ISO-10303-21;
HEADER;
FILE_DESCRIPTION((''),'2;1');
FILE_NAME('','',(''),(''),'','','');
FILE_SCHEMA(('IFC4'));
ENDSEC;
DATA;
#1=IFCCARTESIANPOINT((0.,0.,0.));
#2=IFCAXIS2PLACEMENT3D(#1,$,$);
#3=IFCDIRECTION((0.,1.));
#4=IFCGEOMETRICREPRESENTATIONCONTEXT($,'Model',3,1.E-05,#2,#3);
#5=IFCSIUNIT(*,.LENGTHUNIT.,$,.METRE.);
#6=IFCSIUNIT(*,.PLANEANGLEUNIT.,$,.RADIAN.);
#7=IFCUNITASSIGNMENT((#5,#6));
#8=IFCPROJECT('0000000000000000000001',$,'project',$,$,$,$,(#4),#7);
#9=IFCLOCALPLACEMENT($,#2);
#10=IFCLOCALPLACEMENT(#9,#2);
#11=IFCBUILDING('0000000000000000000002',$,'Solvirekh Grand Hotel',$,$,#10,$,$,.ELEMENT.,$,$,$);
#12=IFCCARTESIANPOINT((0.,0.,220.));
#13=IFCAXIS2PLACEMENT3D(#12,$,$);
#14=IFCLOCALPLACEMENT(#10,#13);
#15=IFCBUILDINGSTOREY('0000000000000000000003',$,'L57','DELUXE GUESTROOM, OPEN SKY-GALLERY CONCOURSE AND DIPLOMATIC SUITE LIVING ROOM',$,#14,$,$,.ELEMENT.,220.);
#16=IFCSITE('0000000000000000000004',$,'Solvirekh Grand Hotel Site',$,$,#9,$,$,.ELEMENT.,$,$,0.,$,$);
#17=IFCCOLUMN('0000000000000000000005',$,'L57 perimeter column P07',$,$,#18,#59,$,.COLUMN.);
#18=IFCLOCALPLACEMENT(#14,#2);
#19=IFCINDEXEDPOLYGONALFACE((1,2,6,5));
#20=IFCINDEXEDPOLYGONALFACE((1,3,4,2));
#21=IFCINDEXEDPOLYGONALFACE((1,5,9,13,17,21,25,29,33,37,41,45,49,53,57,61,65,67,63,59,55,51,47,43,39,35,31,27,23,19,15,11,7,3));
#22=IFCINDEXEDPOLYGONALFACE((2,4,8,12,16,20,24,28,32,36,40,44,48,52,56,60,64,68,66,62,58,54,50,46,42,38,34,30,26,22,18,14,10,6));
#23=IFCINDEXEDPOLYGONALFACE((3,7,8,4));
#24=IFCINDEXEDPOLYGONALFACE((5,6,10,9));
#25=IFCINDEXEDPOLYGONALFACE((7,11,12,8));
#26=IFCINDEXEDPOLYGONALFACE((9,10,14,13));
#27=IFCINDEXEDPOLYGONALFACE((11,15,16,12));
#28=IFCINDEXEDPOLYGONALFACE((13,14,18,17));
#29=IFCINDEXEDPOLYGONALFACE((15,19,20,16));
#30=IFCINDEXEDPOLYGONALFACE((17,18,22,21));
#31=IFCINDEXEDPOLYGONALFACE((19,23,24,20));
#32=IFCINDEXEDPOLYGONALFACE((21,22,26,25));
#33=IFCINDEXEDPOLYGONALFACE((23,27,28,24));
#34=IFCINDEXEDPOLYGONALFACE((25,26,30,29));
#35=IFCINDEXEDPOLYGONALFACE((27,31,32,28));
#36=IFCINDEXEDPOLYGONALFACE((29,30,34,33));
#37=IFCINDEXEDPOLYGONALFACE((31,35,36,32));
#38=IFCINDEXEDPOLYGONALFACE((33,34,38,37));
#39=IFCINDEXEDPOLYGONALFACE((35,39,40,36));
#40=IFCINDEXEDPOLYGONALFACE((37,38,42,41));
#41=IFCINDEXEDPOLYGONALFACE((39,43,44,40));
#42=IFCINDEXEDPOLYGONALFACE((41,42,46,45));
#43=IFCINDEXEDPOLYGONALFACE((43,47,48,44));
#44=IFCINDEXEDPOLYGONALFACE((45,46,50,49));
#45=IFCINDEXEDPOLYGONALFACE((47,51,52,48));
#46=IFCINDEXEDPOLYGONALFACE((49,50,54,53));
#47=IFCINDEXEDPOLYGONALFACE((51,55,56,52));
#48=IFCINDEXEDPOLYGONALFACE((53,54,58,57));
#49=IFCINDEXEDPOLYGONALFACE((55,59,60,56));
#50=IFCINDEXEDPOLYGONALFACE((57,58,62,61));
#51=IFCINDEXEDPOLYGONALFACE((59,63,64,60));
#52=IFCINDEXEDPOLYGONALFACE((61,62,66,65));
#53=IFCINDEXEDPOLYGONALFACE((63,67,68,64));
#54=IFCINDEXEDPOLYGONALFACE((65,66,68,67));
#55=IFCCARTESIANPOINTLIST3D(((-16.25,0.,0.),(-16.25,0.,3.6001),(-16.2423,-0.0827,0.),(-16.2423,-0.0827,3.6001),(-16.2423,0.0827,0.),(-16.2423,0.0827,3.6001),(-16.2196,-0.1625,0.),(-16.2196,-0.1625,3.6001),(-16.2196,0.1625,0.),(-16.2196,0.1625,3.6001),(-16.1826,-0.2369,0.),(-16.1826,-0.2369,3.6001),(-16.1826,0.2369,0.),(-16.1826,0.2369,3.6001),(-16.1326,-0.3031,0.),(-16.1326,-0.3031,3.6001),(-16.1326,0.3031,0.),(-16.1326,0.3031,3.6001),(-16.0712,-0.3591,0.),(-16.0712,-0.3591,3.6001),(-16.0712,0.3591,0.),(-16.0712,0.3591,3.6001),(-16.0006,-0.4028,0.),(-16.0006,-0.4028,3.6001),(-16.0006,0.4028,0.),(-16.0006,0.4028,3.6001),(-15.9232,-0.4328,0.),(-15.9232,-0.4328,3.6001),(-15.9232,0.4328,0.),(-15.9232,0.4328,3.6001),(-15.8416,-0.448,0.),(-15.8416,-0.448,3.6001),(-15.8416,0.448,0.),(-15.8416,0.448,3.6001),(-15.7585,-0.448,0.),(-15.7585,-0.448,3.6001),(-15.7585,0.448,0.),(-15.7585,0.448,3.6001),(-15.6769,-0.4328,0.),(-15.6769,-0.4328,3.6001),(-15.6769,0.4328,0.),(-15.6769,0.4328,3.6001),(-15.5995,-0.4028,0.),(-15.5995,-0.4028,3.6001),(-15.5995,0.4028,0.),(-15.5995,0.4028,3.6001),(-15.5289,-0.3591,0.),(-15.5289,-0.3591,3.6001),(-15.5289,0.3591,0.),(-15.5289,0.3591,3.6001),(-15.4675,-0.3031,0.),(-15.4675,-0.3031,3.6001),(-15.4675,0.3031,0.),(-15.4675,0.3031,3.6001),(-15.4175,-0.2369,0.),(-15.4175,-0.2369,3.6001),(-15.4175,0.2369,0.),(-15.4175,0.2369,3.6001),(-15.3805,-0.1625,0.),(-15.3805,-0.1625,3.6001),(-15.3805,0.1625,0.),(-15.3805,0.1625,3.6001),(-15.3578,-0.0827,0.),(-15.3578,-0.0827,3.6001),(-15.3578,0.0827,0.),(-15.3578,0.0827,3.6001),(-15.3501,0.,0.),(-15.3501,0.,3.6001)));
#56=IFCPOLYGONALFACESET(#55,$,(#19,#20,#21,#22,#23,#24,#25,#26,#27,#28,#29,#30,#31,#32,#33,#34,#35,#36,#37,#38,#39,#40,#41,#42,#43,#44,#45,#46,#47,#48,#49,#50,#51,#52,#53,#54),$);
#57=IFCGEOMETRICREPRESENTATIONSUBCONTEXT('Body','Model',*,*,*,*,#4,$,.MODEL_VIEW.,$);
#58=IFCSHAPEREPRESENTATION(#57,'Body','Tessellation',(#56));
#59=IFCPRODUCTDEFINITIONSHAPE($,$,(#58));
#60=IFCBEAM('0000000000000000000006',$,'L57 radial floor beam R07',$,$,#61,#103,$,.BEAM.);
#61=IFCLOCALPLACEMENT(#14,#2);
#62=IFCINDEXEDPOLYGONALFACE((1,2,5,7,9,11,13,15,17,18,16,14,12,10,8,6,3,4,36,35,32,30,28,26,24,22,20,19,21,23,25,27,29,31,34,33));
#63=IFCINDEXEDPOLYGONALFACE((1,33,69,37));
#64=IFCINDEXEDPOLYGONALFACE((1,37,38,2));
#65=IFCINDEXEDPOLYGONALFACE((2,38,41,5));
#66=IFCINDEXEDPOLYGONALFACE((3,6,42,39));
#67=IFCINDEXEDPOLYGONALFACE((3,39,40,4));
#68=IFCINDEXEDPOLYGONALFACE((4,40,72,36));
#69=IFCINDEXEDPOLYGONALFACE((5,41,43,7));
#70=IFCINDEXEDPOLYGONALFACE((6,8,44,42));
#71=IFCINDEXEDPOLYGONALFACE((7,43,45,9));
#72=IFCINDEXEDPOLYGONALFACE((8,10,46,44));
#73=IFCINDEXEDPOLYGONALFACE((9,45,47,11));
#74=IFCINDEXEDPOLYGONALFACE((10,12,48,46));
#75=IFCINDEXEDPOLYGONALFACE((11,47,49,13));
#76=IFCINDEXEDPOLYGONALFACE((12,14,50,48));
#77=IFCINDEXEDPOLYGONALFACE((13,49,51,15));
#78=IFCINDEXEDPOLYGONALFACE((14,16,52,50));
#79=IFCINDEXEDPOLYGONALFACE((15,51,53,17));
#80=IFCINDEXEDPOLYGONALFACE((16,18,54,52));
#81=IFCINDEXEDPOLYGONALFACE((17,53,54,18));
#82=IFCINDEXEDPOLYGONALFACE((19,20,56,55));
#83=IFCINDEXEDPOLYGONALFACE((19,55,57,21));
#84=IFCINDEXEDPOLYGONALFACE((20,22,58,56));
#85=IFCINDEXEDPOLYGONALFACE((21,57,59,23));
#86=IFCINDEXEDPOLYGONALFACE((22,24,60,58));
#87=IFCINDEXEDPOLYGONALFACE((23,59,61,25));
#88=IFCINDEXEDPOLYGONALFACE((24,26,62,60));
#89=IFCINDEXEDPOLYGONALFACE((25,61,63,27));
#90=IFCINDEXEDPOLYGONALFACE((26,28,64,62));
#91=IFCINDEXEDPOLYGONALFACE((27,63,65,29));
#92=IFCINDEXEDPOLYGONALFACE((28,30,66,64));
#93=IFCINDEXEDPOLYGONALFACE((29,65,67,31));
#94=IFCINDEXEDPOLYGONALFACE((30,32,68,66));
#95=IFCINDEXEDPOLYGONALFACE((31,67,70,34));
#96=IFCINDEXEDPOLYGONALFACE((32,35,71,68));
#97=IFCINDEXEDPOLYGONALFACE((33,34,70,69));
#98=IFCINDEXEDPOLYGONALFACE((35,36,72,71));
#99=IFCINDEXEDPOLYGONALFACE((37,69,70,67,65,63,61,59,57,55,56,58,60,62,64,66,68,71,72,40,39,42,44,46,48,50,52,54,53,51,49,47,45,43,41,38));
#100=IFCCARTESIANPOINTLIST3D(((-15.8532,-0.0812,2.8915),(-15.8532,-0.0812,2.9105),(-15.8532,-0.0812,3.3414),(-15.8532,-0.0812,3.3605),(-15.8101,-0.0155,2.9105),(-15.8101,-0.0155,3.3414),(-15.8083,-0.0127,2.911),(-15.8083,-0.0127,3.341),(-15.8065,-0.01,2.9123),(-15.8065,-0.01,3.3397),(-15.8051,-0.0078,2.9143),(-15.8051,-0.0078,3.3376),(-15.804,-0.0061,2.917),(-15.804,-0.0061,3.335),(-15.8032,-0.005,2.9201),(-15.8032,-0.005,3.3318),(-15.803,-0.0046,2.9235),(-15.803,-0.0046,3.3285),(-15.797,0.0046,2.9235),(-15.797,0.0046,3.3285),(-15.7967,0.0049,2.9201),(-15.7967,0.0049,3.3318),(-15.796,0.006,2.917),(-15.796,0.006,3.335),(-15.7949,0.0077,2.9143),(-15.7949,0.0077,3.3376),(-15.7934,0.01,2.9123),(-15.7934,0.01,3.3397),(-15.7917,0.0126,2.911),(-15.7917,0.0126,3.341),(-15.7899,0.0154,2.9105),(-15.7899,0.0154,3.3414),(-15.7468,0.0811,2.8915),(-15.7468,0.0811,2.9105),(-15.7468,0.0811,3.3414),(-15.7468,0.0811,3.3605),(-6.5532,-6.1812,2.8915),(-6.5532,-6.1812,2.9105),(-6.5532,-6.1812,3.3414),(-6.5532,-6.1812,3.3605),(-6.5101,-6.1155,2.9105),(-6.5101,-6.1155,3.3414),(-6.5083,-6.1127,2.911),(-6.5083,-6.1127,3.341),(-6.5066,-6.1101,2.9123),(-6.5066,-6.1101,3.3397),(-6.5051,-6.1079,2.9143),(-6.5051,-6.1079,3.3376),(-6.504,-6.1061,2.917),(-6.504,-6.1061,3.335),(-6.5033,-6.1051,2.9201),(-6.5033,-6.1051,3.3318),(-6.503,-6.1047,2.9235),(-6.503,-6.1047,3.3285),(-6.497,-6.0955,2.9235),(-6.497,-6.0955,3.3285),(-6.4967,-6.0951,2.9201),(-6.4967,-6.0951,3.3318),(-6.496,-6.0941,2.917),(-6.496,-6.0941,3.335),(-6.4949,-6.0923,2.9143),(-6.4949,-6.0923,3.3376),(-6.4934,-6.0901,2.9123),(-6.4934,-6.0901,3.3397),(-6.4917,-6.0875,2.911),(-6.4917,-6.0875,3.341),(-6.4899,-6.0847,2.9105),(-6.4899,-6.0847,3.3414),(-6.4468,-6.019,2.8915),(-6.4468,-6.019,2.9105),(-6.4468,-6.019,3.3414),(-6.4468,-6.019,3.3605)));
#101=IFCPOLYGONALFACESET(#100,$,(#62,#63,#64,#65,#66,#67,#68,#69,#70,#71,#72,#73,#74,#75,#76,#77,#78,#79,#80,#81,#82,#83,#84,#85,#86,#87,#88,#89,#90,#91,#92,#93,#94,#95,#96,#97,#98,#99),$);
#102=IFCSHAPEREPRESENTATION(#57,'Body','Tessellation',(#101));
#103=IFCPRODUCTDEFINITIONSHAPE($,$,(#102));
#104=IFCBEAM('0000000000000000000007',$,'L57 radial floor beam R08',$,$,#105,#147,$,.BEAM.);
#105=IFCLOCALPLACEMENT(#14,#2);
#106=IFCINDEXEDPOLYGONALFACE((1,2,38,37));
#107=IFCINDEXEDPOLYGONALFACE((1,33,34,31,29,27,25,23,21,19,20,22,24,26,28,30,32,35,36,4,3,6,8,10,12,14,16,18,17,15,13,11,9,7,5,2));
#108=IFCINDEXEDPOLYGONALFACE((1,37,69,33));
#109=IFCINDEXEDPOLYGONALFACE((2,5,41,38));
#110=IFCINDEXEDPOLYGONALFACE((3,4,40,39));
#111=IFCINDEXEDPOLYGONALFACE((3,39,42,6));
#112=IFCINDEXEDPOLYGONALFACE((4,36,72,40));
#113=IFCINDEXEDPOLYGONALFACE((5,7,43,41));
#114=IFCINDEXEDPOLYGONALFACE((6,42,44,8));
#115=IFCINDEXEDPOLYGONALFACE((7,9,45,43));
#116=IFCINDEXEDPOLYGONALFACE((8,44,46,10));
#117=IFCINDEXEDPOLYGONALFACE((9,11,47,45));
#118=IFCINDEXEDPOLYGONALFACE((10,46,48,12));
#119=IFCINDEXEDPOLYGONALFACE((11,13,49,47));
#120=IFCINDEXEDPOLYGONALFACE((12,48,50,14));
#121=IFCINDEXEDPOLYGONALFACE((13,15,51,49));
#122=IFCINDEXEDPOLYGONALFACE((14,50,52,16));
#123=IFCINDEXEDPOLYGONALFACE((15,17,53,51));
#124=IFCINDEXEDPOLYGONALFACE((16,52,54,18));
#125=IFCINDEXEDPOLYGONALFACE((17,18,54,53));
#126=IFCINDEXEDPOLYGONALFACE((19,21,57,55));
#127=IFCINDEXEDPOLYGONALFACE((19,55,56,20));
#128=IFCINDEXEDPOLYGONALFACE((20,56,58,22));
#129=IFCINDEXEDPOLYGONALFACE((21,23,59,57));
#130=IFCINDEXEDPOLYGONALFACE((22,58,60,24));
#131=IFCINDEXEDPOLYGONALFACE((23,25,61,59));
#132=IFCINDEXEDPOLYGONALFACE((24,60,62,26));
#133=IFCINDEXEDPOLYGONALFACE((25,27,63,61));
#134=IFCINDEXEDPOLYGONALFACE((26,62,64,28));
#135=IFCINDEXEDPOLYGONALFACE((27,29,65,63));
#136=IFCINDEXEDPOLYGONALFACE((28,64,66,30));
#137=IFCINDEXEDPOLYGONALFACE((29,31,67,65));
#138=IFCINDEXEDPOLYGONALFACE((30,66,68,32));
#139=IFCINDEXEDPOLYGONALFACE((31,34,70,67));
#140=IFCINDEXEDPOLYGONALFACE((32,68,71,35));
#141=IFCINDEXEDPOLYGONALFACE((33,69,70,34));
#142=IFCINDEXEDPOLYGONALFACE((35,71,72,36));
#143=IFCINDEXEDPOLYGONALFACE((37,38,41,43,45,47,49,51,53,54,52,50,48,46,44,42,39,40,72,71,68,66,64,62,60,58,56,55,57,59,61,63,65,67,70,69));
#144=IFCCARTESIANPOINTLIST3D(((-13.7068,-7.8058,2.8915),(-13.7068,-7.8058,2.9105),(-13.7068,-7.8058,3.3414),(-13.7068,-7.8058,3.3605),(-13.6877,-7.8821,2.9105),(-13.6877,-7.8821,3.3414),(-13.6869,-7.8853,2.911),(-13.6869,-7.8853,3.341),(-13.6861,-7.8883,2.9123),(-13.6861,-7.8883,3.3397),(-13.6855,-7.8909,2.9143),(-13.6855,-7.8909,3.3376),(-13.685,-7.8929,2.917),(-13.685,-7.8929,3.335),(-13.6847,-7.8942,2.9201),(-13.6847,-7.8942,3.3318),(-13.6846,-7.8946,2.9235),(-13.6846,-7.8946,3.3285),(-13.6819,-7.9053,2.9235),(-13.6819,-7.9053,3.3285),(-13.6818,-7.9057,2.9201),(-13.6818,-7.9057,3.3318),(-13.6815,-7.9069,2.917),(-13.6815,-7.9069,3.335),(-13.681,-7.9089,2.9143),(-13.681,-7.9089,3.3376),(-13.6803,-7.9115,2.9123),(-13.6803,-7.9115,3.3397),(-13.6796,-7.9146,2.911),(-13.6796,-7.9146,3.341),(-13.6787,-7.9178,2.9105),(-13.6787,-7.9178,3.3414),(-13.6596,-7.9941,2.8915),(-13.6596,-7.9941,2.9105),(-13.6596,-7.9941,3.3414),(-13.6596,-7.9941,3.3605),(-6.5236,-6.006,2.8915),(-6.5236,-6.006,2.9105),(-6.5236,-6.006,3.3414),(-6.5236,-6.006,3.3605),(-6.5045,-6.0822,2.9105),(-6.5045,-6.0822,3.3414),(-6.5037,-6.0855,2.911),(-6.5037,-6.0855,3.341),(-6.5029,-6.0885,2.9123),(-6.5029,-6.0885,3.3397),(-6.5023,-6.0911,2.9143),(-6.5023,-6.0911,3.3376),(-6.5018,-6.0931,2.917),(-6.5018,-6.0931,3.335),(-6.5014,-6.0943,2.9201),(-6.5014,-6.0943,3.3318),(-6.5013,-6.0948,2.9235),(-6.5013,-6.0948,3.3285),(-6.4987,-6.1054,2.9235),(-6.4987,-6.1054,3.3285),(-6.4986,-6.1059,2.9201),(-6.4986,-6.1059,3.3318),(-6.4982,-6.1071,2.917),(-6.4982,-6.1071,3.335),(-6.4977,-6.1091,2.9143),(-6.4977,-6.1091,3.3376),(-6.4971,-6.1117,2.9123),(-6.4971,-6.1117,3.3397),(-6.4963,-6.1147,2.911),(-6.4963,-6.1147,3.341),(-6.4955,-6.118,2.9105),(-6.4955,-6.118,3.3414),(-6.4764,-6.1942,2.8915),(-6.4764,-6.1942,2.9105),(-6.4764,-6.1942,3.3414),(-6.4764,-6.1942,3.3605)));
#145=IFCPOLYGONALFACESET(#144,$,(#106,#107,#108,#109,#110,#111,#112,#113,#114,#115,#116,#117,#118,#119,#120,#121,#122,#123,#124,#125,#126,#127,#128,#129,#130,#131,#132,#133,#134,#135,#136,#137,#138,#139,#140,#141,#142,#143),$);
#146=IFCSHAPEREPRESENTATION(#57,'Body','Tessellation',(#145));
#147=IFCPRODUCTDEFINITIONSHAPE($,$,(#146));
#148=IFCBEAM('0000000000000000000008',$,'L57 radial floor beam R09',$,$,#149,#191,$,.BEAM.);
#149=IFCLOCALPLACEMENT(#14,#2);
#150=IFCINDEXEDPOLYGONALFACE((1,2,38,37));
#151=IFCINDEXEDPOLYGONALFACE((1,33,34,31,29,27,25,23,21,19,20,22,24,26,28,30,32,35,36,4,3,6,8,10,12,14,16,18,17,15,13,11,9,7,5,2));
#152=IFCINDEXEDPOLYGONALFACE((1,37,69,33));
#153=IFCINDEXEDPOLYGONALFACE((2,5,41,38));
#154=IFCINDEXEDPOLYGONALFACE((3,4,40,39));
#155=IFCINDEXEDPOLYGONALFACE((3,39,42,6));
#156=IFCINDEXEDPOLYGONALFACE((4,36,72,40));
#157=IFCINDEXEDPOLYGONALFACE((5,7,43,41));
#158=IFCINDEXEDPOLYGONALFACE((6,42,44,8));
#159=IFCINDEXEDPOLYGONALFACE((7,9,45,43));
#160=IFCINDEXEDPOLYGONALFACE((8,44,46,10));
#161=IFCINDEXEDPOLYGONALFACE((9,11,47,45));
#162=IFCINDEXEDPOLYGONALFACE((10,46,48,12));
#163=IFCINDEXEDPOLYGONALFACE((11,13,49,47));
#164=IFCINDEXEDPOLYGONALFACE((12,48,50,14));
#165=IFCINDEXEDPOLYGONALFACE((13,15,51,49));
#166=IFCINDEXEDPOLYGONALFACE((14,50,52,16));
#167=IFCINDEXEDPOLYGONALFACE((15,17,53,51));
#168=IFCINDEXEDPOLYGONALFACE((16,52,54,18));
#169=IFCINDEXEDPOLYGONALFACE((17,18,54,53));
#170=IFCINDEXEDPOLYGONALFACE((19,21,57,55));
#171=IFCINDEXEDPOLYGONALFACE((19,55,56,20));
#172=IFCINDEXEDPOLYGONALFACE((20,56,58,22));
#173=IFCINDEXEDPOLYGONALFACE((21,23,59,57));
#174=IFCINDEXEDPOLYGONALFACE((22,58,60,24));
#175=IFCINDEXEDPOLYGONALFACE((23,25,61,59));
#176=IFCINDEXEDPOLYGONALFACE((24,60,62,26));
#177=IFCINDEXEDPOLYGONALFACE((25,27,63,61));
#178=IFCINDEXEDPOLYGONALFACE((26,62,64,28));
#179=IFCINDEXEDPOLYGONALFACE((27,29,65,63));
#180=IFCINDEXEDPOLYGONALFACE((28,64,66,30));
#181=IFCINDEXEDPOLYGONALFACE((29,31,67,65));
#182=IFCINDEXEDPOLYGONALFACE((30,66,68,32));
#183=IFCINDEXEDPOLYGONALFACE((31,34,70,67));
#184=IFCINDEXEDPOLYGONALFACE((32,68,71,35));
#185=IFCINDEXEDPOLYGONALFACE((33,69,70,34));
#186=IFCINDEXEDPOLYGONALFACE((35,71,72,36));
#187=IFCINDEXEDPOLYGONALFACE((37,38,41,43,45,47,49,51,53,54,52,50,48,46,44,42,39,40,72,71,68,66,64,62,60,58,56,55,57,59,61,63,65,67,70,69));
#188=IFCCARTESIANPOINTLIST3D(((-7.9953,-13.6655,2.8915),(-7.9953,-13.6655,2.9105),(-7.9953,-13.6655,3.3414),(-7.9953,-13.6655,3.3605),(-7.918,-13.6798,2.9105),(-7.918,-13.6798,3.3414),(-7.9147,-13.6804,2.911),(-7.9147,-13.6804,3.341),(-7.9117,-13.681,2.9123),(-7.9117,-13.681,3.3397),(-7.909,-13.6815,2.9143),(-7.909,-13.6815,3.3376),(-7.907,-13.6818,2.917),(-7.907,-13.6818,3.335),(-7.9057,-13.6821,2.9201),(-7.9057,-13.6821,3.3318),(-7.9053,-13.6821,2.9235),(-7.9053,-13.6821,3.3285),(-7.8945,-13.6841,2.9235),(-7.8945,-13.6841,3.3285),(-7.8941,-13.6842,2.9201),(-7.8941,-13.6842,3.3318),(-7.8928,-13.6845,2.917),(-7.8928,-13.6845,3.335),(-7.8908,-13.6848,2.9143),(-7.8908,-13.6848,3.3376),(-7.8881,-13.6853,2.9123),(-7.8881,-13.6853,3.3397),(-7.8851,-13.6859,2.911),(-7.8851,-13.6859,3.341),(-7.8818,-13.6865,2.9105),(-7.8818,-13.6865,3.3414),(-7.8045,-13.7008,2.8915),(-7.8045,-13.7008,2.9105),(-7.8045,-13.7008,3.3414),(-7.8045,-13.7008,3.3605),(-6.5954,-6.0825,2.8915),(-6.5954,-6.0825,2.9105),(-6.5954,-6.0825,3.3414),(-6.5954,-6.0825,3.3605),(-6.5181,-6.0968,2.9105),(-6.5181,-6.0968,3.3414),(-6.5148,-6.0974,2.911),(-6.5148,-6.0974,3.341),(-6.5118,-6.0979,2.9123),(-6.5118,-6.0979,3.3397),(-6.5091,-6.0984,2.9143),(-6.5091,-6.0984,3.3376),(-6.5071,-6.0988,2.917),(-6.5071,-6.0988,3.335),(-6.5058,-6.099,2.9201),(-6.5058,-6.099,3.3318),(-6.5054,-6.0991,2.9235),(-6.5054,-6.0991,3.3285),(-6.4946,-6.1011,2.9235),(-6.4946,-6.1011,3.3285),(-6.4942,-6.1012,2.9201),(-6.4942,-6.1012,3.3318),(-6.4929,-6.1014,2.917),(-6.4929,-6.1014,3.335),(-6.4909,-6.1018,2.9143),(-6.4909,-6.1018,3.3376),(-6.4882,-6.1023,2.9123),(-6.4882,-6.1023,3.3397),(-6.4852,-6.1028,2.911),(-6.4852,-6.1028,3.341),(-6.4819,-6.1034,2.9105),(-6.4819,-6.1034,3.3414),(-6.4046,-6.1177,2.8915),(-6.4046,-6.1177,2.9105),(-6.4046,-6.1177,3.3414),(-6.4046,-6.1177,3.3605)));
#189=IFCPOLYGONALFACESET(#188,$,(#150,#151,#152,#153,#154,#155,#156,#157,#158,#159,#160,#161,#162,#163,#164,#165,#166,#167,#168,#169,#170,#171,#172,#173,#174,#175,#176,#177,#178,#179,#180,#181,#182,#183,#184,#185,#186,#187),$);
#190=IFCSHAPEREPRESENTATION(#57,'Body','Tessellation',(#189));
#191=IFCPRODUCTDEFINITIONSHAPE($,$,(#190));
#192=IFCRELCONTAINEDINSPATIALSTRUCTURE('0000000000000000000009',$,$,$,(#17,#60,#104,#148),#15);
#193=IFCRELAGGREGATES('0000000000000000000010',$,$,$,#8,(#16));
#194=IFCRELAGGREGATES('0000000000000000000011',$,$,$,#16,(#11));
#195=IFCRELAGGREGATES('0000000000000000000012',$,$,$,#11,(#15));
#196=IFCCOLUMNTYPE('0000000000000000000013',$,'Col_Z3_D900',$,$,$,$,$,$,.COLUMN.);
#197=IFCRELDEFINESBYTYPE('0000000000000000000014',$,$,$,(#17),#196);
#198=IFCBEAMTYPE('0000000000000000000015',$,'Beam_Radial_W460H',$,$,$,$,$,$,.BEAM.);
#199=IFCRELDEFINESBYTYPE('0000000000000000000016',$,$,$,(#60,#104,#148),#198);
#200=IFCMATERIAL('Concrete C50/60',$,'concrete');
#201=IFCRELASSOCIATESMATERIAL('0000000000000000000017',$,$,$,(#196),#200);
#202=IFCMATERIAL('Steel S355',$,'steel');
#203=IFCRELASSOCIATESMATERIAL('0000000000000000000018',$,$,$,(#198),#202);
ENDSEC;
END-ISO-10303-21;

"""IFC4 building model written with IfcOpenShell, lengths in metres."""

from ifc_helpers import new_model, si_unit, direction, frame, origin, origin_2d, place, context, subcontext, project, spatial, circle, i_section, extrude, material, material_profile, profile_set, type_object, element, save


model = new_model("IFC4")

# Units and contexts
model_context = context("Model", 3, precision=1e-05, world=origin(), true_north=direction((0.0, 1.0)))
body_context = subcontext(model_context, "Body", "Model", "MODEL_VIEW")
ifc_project = project(units=[si_unit("LENGTHUNIT", "METRE"), si_unit("PLANEANGLEUNIT", "RADIAN")], contexts=[model_context])

# Site, building, storey
site_placement = place(None, origin())
site = spatial("IfcSite", under=ifc_project, at=site_placement, Name="Solvirekh Grand Hotel Site", CompositionType="ELEMENT", RefElevation=0.0)
building_placement = place(site_placement, origin())
building = spatial("IfcBuilding", under=site, at=building_placement, Name="Solvirekh Grand Hotel", CompositionType="ELEMENT")
storey_placement = place(building_placement, frame((0.0, 0.0, 220.0)))
storey = spatial("IfcBuildingStorey", under=building, at=storey_placement, Name="L57", Description="DELUXE GUESTROOM, OPEN SKY-GALLERY CONCOURSE AND DIPLOMATIC SUITE LIVING ROOM", CompositionType="ELEMENT", Elevation=220.0)

# Column
ifc_material_1 = material(Name="Concrete C50/60", Category="concrete")
ifc_material_profile_1 = material_profile(ifc_material_1, circle(Radius=0.45, at=origin_2d()), Name="RC CIRC D900")
ifc_profile_set_1 = profile_set([ifc_material_profile_1], Name="Concrete C50/60")
column_type = type_object("IfcColumnType", Name="Col_Z3_D900", PredefinedType="COLUMN", material=ifc_profile_set_1)
column_placement = place(storey_placement, frame((-15.8, 0.0, 0.0), z_axis=(0.0, 0.0, 1.0), x_axis=(1.0, 0.0, 0.0)))
element("IfcColumn", 1, at=column_placement, inside=storey, type_object=column_type, Name="L57 perimeter column P07", PredefinedType="COLUMN", context=body_context, shape_type="SweptSolid", body=[
    extrude(circle(Radius=0.45, at=origin_2d()), origin(), (0.0, 0.0, 1.0), 3.6001),
])

# Beams
ifc_material_2 = material(Name="Steel S355", Category="steel")
ifc_material_profile_2 = material_profile(ifc_material_2, i_section(OverallWidth=0.1941, OverallDepth=0.469, WebThickness=0.011, FlangeThickness=0.019, FilletRadius=0.0129, at=origin_2d()), Name="W460X106")
ifc_profile_set_2 = profile_set([ifc_material_profile_2], Name="Steel S355")
beam_type_1 = type_object("IfcBeamType", Name="Beam_Radial_W460H", PredefinedType="BEAM", material=ifc_profile_set_2)
beam_1_placement = place(storey_placement, frame((-6.5, -6.1001, 3.126), z_axis=(-0.836174, 0.548464, 0.0), x_axis=(-0.548464, -0.836174, 0.0)))
element("IfcBeam", 2, at=beam_1_placement, inside=storey, type_object=beam_type_1, Name="L57 radial floor beam R07", PredefinedType="BEAM", context=body_context, shape_type="SweptSolid", body=[
    extrude(i_section(OverallWidth=0.1941, OverallDepth=0.469, WebThickness=0.011, FlangeThickness=0.019, FilletRadius=0.0129, at=origin_2d()), origin(), (0.0, 0.0, 1.0), 11.1221),
])
beam_2_placement = place(storey_placement, frame((-6.5, -6.1001, 3.126), z_axis=(-0.970014, -0.243048, 0.0), x_axis=(0.243048, -0.970014, 0.0)))
element("IfcBeam", 3, at=beam_2_placement, inside=storey, type_object=beam_type_1, Name="L57 radial floor beam R08", PredefinedType="BEAM", context=body_context, shape_type="SweptSolid", body=[
    extrude(i_section(OverallWidth=0.1941, OverallDepth=0.469, WebThickness=0.011, FlangeThickness=0.019, FilletRadius=0.0129, at=origin_2d()), origin(), (0.0, 0.0, 1.0), 7.4053),
])
beam_3_placement = place(storey_placement, frame((-6.5, -6.1001, 3.126), z_axis=(-0.181543, -0.983383, 0.0), x_axis=(0.983383, -0.181543, 0.0)))
element("IfcBeam", 4, at=beam_3_placement, inside=storey, type_object=beam_type_1, Name="L57 radial floor beam R09", PredefinedType="BEAM", context=body_context, shape_type="SweptSolid", body=[
    extrude(i_section(OverallWidth=0.1941, OverallDepth=0.469, WebThickness=0.011, FlangeThickness=0.019, FilletRadius=0.0129, at=origin_2d()), origin(), (0.0, 0.0, 1.0), 7.7112),
])

save(model, "model.ifc")
